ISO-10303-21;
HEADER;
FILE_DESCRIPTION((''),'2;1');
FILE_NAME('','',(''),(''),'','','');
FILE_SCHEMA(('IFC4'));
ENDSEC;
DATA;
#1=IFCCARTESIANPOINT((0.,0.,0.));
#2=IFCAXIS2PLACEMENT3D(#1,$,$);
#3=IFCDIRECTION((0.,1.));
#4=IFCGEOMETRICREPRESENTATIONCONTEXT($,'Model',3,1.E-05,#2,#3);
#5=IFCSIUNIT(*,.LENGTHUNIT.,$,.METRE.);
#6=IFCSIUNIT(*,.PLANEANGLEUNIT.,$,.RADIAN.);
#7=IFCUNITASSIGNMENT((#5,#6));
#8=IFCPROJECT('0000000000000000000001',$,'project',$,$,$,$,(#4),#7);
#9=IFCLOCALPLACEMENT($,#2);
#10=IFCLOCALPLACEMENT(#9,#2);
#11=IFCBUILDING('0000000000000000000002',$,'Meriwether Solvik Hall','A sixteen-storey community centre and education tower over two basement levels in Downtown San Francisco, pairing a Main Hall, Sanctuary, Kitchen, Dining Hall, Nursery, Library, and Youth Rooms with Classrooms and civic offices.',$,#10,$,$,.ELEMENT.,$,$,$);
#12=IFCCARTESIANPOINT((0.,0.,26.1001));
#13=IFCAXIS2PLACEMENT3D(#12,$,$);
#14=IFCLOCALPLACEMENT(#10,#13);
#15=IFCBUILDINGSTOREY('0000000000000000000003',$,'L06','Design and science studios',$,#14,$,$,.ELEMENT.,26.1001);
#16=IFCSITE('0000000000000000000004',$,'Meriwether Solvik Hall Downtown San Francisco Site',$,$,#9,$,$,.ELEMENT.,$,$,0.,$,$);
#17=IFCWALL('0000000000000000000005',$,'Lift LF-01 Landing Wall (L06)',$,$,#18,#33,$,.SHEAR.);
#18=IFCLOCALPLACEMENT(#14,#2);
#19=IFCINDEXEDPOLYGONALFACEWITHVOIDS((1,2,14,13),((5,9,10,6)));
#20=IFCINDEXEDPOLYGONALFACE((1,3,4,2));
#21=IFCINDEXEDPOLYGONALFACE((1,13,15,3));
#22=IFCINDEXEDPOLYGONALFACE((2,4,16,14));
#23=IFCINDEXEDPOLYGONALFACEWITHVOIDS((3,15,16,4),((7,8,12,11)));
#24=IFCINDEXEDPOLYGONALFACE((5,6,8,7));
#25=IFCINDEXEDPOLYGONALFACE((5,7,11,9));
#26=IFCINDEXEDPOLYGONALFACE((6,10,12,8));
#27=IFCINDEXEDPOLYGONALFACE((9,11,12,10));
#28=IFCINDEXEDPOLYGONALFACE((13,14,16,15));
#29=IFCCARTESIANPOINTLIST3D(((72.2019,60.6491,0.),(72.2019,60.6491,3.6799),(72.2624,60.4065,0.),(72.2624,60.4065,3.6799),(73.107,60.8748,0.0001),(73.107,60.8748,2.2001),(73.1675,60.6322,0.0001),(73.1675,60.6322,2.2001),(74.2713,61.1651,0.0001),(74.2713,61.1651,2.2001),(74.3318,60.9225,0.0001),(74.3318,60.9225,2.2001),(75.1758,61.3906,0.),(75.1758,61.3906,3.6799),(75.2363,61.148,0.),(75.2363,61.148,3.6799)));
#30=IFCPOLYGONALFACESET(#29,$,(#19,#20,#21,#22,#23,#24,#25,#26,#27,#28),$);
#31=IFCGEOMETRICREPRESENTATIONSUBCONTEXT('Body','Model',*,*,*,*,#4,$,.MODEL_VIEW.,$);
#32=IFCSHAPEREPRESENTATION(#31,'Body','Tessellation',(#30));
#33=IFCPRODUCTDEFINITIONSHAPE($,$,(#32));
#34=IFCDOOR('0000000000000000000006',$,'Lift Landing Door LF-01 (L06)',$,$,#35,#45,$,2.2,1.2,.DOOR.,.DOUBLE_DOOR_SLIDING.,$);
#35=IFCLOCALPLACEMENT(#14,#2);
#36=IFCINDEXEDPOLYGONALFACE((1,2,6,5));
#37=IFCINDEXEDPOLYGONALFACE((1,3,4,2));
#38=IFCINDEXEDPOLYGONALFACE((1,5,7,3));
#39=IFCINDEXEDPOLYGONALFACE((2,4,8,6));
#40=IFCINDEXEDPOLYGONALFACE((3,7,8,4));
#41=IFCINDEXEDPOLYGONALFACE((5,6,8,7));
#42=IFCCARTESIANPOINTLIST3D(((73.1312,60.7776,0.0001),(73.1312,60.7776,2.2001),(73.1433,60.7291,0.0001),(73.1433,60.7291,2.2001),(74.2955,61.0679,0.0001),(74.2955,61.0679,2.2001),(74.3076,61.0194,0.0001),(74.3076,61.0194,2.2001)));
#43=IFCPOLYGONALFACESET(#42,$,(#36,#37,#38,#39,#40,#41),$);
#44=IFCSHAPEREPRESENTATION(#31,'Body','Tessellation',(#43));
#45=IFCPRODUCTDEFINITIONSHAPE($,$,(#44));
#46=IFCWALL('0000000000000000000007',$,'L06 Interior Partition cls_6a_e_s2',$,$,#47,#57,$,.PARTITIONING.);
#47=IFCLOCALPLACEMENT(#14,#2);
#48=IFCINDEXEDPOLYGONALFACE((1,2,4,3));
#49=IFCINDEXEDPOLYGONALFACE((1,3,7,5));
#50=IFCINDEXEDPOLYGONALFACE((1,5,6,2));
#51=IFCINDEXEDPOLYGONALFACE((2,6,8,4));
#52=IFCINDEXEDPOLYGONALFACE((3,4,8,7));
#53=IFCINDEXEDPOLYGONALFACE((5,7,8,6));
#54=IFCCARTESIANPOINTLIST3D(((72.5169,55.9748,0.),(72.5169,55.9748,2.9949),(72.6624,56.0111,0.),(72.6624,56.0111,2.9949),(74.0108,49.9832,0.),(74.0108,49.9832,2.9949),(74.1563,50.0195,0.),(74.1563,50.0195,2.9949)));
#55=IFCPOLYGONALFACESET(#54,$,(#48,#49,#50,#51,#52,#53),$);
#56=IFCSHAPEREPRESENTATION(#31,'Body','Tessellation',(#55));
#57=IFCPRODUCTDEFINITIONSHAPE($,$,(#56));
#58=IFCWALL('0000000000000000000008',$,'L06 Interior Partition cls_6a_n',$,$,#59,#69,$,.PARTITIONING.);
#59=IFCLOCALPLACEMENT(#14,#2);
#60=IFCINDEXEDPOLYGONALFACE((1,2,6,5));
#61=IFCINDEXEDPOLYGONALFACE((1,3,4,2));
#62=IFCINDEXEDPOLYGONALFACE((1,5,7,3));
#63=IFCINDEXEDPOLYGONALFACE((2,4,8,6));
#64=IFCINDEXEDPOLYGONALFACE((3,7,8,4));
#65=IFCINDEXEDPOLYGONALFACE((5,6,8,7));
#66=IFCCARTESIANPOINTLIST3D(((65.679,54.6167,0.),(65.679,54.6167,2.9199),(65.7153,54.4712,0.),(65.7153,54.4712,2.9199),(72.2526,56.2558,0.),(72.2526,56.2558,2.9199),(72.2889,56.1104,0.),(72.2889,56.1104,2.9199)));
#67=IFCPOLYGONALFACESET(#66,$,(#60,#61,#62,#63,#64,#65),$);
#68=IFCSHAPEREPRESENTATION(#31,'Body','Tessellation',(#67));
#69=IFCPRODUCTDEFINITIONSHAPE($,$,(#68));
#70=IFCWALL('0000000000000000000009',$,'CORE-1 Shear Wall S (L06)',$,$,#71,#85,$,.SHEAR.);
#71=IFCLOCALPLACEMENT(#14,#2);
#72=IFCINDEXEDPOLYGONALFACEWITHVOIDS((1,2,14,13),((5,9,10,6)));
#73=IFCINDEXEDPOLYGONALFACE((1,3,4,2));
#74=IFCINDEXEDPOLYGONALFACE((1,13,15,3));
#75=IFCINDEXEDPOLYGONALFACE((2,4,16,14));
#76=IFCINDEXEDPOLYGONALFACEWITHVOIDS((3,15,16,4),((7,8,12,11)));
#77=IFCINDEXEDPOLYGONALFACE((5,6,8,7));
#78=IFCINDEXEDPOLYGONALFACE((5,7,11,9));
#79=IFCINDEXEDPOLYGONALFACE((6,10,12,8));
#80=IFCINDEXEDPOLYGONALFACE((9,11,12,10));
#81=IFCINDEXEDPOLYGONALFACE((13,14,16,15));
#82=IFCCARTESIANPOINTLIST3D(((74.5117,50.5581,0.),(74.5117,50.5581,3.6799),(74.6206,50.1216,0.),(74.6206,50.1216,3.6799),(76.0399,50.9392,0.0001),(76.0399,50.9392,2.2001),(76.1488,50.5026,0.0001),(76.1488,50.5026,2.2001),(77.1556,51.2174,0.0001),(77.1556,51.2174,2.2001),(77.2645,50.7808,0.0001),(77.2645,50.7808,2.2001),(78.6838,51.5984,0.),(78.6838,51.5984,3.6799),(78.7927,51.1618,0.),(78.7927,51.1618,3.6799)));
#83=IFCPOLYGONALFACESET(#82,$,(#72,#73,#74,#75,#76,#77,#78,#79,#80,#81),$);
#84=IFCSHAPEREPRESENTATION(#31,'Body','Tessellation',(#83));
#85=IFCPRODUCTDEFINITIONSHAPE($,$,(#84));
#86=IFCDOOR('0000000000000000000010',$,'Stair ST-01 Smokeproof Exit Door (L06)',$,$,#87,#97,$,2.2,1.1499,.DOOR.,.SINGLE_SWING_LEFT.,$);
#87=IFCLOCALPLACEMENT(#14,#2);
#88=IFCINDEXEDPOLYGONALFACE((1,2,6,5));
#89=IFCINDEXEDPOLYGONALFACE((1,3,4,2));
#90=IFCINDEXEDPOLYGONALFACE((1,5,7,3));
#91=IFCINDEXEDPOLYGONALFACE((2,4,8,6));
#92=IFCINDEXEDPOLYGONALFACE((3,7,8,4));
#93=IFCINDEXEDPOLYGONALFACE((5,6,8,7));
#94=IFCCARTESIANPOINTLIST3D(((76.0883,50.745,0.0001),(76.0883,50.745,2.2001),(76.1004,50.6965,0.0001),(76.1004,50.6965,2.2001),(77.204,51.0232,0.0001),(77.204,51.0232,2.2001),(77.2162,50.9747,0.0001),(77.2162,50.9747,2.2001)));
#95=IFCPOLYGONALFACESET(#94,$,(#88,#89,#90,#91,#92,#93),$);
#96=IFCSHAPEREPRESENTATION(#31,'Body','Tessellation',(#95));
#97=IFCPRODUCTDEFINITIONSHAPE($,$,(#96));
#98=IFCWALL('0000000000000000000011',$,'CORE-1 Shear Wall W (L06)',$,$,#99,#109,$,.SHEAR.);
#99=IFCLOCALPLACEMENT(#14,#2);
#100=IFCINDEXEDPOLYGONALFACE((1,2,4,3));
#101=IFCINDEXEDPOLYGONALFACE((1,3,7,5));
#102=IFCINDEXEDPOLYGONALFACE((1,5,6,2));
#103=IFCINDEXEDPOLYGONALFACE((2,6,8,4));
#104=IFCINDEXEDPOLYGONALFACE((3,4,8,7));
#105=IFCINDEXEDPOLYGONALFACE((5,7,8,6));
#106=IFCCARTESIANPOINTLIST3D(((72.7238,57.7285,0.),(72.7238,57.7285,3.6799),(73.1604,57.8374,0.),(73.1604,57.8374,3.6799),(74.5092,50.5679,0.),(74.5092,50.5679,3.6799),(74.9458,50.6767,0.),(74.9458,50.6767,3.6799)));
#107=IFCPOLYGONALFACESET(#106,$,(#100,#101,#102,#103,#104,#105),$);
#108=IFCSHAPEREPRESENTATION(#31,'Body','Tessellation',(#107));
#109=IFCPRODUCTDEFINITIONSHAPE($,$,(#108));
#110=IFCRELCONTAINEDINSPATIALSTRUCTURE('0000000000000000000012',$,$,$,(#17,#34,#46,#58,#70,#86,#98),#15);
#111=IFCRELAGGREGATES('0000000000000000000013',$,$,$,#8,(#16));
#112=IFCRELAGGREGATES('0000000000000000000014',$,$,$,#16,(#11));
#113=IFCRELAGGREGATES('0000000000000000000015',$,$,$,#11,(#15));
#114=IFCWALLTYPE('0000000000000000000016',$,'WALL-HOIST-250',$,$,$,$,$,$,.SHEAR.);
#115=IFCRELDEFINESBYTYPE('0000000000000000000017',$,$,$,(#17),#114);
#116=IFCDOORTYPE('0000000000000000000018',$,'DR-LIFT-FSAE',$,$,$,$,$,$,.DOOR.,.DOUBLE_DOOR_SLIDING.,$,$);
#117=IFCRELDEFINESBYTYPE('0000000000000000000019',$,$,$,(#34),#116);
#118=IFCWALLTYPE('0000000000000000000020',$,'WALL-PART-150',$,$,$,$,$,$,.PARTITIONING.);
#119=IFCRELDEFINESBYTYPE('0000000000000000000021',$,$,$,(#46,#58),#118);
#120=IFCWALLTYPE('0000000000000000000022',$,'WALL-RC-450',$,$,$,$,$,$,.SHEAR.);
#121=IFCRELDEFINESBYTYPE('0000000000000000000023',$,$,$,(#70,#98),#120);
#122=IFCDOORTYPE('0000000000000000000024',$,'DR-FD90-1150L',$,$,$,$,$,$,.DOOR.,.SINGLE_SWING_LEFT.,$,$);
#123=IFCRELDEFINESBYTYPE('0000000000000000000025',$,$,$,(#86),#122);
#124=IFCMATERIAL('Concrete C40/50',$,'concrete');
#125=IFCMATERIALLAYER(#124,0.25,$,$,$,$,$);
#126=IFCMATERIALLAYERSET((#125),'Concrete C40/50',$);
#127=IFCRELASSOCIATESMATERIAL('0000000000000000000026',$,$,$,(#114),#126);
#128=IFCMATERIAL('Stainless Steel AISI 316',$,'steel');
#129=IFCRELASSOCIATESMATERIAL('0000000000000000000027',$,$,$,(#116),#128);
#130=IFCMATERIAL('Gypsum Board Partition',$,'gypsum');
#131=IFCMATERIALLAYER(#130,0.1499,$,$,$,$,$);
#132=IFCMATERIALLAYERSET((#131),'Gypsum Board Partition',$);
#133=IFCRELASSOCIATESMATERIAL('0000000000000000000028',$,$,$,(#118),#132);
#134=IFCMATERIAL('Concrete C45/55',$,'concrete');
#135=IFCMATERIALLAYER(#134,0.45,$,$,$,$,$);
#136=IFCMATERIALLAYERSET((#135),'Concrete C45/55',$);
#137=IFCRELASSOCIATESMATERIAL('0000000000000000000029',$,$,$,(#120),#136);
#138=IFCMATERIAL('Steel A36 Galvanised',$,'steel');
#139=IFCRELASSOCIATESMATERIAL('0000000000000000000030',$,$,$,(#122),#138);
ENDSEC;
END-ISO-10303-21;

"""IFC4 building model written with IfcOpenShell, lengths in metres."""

from ifc_helpers import new_model, si_unit, direction, frame, frame_2d, origin, place, context, subcontext, project, spatial, rectangle, extrude, material, layer, layer_set, type_object, element, fill, save


model = new_model("IFC4")

# Units and contexts
model_context = context("Model", 3, precision=1e-05, world=origin(), true_north=direction((0.0, 1.0)))
body_context = subcontext(model_context, "Body", "Model", "MODEL_VIEW")
ifc_project = project(units=[si_unit("LENGTHUNIT", "METRE"), si_unit("PLANEANGLEUNIT", "RADIAN")], contexts=[model_context])

# Site, building, storey
site_placement = place(None, origin())
site = spatial("IfcSite", under=ifc_project, at=site_placement, Name="Meriwether Solvik Hall Downtown San Francisco Site", CompositionType="ELEMENT", RefElevation=0.0)
building_placement = place(site_placement, origin())
building = spatial("IfcBuilding", under=site, at=building_placement, Name="Meriwether Solvik Hall", Description="A sixteen-storey community centre and education tower over two basement levels in Downtown San Francisco, pairing a Main Hall, Sanctuary, Kitchen, Dining Hall, Nursery, Library, and Youth Rooms with Classrooms and civic offices.", CompositionType="ELEMENT")
storey_placement = place(building_placement, frame((0.0, 0.0, 26.1001)))
storey = spatial("IfcBuildingStorey", under=building, at=storey_placement, Name="L06", Description="Design and science studios", CompositionType="ELEMENT", Elevation=26.1001)

# Shared definitions
ifc_material_1 = material(Name="Concrete C40/50", Category="concrete")
ifc_layer_1 = layer(ifc_material_1, 0.25)
ifc_layer_set_1 = layer_set([ifc_layer_1], Name="Concrete C40/50")
wall_type_1 = type_object("IfcWallType", Name="WALL-HOIST-250", PredefinedType="SHEAR", material=ifc_layer_set_1)

# Wall, opening, door
wall_1_placement = place(storey_placement, frame((72.2322, 60.5278, 0.0), z_axis=(0.0, 0.0, 1.0), x_axis=(0.970297, 0.241917, 0.0)))
wall_1 = element("IfcWall", 1, at=wall_1_placement, inside=storey, type_object=wall_type_1, Name="Lift LF-01 Landing Wall (L06)", PredefinedType="SHEAR", context=body_context, shape_type="SweptSolid", body=[
    extrude(rectangle(XDim=3.0649, YDim=0.25, at=frame_2d((1.5325, 0.0))), origin(), (0.0, 0.0, 1.0), 3.6799),
])
opening_1_placement = place(wall_1_placement, frame((0.9326, 0.0, 0.0)))
opening_1 = element("IfcOpeningElement", 2, at=opening_1_placement, cuts=wall_1, PredefinedType="OPENING", context=body_context, shape_type="SweptSolid", body=[
    extrude(rectangle(XDim=1.2, YDim=2.2, at=frame_2d((0.6001, 1.1001))), frame((0.0, 0.137, 0.0), z_axis=(0.0, -1.0, 0.0), x_axis=(1.0, 0.0, 0.0)), (0.0, 0.0, 1.0), 0.2739),
])
ifc_material_2 = material(Name="Stainless Steel AISI 316", Category="steel")
door_type_1 = type_object("IfcDoorType", Name="DR-LIFT-FSAE", OperationType="DOUBLE_DOOR_SLIDING", PredefinedType="DOOR", material=ifc_material_2)
door_1_placement = place(opening_1_placement, origin())
door_1 = element("IfcDoor", 3, at=door_1_placement, inside=storey, type_object=door_type_1, Name="Lift Landing Door LF-01 (L06)", OperationType="DOUBLE_DOOR_SLIDING", OverallHeight=2.2, OverallWidth=1.2, PredefinedType="DOOR", context=body_context, shape_type="SweptSolid", body=[
    extrude(rectangle(XDim=1.2, YDim=2.2, at=frame_2d((0.6001, 1.1001))), frame((0.0, 0.0249, 0.0), z_axis=(0.0, -1.0, 0.0), x_axis=(1.0, 0.0, 0.0)), (0.0, 0.0, 1.0), 0.05),
])
fill(opening_1, door_1)

# Walls
ifc_material_3 = material(Name="Gypsum Board Partition", Category="gypsum")
ifc_layer_2 = layer(ifc_material_3, 0.1499)
ifc_layer_set_2 = layer_set([ifc_layer_2], Name="Gypsum Board Partition")
wall_type_2 = type_object("IfcWallType", Name="WALL-PART-150", PredefinedType="PARTITIONING", material=ifc_layer_set_2)
wall_2_placement = place(storey_placement, frame((74.0835, 50.0015, 0.0), z_axis=(0.0, 0.0, 1.0), x_axis=(-0.241922, 0.970296, 0.0)))
element("IfcWall", 4, at=wall_2_placement, inside=storey, type_object=wall_type_2, Name="L06 Interior Partition cls_6a_e_s2", PredefinedType="PARTITIONING", context=body_context, shape_type="SweptSolid", body=[
    extrude(rectangle(XDim=6.175, YDim=0.1499, at=frame_2d((3.0874, 0.0))), origin(), (0.0, 0.0, 1.0), 2.9949),
])
wall_3_placement = place(storey_placement, frame((72.2708, 56.1831, 0.0), z_axis=(0.0, 0.0, 1.0), x_axis=(-0.970291, -0.241942, 0.0)))
element("IfcWall", 5, at=wall_3_placement, inside=storey, type_object=wall_type_2, Name="L06 Interior Partition cls_6a_n", PredefinedType="PARTITIONING", context=body_context, shape_type="SweptSolid", body=[
    extrude(rectangle(XDim=6.7749, YDim=0.1499, at=frame_2d((3.3875, 0.0))), origin(), (0.0, 0.0, 1.0), 2.9199),
])

# Wall, opening, door
ifc_material_4 = material(Name="Concrete C45/55", Category="concrete")
ifc_layer_3 = layer(ifc_material_4, 0.45)
ifc_layer_set_3 = layer_set([ifc_layer_3], Name="Concrete C45/55")
wall_type_3 = type_object("IfcWallType", Name="WALL-RC-450", PredefinedType="SHEAR", material=ifc_layer_set_3)
wall_4_placement = place(storey_placement, frame((74.5662, 50.3398, 0.0), z_axis=(0.0, 0.0, 1.0), x_axis=(0.970293, 0.241934, 0.0)))
wall_4 = element("IfcWall", 6, at=wall_4_placement, inside=storey, type_object=wall_type_3, Name="CORE-1 Shear Wall S (L06)", PredefinedType="SHEAR", context=body_context, shape_type="SweptSolid", body=[
    extrude(rectangle(XDim=4.2998, YDim=0.45, at=frame_2d((2.1499, 0.0))), origin(), (0.0, 0.0, 1.0), 3.6799),
])
opening_2_placement = place(wall_4_placement, frame((1.575, 0.0, 0.0)))
opening_2 = element("IfcOpeningElement", 7, at=opening_2_placement, cuts=wall_4, PredefinedType="OPENING", context=body_context, shape_type="SweptSolid", body=[
    extrude(rectangle(XDim=1.1499, YDim=2.2, at=frame_2d((0.575, 1.1001))), frame((0.0, 0.2368, 0.0), z_axis=(0.0, -1.0, 0.0), x_axis=(1.0, 0.0, 0.0)), (0.0, 0.0, 1.0), 0.4739),
])
ifc_material_5 = material(Name="Steel A36 Galvanised", Category="steel")
door_type_2 = type_object("IfcDoorType", Name="DR-FD90-1150L", OperationType="SINGLE_SWING_LEFT", PredefinedType="DOOR", material=ifc_material_5)
door_2_placement = place(opening_2_placement, origin())
door_2 = element("IfcDoor", 8, at=door_2_placement, inside=storey, type_object=door_type_2, Name="Stair ST-01 Smokeproof Exit Door (L06)", OperationType="SINGLE_SWING_LEFT", OverallHeight=2.2, OverallWidth=1.1499, PredefinedType="DOOR", context=body_context, shape_type="SweptSolid", body=[
    extrude(rectangle(XDim=1.1499, YDim=2.2, at=frame_2d((0.575, 1.1001))), frame((0.0, 0.0249, 0.0), z_axis=(0.0, -1.0, 0.0), x_axis=(1.0, 0.0, 0.0)), (0.0, 0.0, 1.0), 0.05),
])
fill(opening_2, door_2)

# Wall
wall_5_placement = place(storey_placement, frame((72.9421, 57.783, 0.0), z_axis=(0.0, 0.0, 1.0), x_axis=(0.241928, -0.970294, 0.0)))
element("IfcWall", 9, at=wall_5_placement, inside=storey, type_object=wall_type_3, Name="CORE-1 Shear Wall W (L06)", PredefinedType="SHEAR", context=body_context, shape_type="SweptSolid", body=[
    extrude(rectangle(XDim=7.3799, YDim=0.45, at=frame_2d((3.6899, 0.0))), origin(), (0.0, 0.0, 1.0), 3.6799),
])

save(model, "model.ifc")
